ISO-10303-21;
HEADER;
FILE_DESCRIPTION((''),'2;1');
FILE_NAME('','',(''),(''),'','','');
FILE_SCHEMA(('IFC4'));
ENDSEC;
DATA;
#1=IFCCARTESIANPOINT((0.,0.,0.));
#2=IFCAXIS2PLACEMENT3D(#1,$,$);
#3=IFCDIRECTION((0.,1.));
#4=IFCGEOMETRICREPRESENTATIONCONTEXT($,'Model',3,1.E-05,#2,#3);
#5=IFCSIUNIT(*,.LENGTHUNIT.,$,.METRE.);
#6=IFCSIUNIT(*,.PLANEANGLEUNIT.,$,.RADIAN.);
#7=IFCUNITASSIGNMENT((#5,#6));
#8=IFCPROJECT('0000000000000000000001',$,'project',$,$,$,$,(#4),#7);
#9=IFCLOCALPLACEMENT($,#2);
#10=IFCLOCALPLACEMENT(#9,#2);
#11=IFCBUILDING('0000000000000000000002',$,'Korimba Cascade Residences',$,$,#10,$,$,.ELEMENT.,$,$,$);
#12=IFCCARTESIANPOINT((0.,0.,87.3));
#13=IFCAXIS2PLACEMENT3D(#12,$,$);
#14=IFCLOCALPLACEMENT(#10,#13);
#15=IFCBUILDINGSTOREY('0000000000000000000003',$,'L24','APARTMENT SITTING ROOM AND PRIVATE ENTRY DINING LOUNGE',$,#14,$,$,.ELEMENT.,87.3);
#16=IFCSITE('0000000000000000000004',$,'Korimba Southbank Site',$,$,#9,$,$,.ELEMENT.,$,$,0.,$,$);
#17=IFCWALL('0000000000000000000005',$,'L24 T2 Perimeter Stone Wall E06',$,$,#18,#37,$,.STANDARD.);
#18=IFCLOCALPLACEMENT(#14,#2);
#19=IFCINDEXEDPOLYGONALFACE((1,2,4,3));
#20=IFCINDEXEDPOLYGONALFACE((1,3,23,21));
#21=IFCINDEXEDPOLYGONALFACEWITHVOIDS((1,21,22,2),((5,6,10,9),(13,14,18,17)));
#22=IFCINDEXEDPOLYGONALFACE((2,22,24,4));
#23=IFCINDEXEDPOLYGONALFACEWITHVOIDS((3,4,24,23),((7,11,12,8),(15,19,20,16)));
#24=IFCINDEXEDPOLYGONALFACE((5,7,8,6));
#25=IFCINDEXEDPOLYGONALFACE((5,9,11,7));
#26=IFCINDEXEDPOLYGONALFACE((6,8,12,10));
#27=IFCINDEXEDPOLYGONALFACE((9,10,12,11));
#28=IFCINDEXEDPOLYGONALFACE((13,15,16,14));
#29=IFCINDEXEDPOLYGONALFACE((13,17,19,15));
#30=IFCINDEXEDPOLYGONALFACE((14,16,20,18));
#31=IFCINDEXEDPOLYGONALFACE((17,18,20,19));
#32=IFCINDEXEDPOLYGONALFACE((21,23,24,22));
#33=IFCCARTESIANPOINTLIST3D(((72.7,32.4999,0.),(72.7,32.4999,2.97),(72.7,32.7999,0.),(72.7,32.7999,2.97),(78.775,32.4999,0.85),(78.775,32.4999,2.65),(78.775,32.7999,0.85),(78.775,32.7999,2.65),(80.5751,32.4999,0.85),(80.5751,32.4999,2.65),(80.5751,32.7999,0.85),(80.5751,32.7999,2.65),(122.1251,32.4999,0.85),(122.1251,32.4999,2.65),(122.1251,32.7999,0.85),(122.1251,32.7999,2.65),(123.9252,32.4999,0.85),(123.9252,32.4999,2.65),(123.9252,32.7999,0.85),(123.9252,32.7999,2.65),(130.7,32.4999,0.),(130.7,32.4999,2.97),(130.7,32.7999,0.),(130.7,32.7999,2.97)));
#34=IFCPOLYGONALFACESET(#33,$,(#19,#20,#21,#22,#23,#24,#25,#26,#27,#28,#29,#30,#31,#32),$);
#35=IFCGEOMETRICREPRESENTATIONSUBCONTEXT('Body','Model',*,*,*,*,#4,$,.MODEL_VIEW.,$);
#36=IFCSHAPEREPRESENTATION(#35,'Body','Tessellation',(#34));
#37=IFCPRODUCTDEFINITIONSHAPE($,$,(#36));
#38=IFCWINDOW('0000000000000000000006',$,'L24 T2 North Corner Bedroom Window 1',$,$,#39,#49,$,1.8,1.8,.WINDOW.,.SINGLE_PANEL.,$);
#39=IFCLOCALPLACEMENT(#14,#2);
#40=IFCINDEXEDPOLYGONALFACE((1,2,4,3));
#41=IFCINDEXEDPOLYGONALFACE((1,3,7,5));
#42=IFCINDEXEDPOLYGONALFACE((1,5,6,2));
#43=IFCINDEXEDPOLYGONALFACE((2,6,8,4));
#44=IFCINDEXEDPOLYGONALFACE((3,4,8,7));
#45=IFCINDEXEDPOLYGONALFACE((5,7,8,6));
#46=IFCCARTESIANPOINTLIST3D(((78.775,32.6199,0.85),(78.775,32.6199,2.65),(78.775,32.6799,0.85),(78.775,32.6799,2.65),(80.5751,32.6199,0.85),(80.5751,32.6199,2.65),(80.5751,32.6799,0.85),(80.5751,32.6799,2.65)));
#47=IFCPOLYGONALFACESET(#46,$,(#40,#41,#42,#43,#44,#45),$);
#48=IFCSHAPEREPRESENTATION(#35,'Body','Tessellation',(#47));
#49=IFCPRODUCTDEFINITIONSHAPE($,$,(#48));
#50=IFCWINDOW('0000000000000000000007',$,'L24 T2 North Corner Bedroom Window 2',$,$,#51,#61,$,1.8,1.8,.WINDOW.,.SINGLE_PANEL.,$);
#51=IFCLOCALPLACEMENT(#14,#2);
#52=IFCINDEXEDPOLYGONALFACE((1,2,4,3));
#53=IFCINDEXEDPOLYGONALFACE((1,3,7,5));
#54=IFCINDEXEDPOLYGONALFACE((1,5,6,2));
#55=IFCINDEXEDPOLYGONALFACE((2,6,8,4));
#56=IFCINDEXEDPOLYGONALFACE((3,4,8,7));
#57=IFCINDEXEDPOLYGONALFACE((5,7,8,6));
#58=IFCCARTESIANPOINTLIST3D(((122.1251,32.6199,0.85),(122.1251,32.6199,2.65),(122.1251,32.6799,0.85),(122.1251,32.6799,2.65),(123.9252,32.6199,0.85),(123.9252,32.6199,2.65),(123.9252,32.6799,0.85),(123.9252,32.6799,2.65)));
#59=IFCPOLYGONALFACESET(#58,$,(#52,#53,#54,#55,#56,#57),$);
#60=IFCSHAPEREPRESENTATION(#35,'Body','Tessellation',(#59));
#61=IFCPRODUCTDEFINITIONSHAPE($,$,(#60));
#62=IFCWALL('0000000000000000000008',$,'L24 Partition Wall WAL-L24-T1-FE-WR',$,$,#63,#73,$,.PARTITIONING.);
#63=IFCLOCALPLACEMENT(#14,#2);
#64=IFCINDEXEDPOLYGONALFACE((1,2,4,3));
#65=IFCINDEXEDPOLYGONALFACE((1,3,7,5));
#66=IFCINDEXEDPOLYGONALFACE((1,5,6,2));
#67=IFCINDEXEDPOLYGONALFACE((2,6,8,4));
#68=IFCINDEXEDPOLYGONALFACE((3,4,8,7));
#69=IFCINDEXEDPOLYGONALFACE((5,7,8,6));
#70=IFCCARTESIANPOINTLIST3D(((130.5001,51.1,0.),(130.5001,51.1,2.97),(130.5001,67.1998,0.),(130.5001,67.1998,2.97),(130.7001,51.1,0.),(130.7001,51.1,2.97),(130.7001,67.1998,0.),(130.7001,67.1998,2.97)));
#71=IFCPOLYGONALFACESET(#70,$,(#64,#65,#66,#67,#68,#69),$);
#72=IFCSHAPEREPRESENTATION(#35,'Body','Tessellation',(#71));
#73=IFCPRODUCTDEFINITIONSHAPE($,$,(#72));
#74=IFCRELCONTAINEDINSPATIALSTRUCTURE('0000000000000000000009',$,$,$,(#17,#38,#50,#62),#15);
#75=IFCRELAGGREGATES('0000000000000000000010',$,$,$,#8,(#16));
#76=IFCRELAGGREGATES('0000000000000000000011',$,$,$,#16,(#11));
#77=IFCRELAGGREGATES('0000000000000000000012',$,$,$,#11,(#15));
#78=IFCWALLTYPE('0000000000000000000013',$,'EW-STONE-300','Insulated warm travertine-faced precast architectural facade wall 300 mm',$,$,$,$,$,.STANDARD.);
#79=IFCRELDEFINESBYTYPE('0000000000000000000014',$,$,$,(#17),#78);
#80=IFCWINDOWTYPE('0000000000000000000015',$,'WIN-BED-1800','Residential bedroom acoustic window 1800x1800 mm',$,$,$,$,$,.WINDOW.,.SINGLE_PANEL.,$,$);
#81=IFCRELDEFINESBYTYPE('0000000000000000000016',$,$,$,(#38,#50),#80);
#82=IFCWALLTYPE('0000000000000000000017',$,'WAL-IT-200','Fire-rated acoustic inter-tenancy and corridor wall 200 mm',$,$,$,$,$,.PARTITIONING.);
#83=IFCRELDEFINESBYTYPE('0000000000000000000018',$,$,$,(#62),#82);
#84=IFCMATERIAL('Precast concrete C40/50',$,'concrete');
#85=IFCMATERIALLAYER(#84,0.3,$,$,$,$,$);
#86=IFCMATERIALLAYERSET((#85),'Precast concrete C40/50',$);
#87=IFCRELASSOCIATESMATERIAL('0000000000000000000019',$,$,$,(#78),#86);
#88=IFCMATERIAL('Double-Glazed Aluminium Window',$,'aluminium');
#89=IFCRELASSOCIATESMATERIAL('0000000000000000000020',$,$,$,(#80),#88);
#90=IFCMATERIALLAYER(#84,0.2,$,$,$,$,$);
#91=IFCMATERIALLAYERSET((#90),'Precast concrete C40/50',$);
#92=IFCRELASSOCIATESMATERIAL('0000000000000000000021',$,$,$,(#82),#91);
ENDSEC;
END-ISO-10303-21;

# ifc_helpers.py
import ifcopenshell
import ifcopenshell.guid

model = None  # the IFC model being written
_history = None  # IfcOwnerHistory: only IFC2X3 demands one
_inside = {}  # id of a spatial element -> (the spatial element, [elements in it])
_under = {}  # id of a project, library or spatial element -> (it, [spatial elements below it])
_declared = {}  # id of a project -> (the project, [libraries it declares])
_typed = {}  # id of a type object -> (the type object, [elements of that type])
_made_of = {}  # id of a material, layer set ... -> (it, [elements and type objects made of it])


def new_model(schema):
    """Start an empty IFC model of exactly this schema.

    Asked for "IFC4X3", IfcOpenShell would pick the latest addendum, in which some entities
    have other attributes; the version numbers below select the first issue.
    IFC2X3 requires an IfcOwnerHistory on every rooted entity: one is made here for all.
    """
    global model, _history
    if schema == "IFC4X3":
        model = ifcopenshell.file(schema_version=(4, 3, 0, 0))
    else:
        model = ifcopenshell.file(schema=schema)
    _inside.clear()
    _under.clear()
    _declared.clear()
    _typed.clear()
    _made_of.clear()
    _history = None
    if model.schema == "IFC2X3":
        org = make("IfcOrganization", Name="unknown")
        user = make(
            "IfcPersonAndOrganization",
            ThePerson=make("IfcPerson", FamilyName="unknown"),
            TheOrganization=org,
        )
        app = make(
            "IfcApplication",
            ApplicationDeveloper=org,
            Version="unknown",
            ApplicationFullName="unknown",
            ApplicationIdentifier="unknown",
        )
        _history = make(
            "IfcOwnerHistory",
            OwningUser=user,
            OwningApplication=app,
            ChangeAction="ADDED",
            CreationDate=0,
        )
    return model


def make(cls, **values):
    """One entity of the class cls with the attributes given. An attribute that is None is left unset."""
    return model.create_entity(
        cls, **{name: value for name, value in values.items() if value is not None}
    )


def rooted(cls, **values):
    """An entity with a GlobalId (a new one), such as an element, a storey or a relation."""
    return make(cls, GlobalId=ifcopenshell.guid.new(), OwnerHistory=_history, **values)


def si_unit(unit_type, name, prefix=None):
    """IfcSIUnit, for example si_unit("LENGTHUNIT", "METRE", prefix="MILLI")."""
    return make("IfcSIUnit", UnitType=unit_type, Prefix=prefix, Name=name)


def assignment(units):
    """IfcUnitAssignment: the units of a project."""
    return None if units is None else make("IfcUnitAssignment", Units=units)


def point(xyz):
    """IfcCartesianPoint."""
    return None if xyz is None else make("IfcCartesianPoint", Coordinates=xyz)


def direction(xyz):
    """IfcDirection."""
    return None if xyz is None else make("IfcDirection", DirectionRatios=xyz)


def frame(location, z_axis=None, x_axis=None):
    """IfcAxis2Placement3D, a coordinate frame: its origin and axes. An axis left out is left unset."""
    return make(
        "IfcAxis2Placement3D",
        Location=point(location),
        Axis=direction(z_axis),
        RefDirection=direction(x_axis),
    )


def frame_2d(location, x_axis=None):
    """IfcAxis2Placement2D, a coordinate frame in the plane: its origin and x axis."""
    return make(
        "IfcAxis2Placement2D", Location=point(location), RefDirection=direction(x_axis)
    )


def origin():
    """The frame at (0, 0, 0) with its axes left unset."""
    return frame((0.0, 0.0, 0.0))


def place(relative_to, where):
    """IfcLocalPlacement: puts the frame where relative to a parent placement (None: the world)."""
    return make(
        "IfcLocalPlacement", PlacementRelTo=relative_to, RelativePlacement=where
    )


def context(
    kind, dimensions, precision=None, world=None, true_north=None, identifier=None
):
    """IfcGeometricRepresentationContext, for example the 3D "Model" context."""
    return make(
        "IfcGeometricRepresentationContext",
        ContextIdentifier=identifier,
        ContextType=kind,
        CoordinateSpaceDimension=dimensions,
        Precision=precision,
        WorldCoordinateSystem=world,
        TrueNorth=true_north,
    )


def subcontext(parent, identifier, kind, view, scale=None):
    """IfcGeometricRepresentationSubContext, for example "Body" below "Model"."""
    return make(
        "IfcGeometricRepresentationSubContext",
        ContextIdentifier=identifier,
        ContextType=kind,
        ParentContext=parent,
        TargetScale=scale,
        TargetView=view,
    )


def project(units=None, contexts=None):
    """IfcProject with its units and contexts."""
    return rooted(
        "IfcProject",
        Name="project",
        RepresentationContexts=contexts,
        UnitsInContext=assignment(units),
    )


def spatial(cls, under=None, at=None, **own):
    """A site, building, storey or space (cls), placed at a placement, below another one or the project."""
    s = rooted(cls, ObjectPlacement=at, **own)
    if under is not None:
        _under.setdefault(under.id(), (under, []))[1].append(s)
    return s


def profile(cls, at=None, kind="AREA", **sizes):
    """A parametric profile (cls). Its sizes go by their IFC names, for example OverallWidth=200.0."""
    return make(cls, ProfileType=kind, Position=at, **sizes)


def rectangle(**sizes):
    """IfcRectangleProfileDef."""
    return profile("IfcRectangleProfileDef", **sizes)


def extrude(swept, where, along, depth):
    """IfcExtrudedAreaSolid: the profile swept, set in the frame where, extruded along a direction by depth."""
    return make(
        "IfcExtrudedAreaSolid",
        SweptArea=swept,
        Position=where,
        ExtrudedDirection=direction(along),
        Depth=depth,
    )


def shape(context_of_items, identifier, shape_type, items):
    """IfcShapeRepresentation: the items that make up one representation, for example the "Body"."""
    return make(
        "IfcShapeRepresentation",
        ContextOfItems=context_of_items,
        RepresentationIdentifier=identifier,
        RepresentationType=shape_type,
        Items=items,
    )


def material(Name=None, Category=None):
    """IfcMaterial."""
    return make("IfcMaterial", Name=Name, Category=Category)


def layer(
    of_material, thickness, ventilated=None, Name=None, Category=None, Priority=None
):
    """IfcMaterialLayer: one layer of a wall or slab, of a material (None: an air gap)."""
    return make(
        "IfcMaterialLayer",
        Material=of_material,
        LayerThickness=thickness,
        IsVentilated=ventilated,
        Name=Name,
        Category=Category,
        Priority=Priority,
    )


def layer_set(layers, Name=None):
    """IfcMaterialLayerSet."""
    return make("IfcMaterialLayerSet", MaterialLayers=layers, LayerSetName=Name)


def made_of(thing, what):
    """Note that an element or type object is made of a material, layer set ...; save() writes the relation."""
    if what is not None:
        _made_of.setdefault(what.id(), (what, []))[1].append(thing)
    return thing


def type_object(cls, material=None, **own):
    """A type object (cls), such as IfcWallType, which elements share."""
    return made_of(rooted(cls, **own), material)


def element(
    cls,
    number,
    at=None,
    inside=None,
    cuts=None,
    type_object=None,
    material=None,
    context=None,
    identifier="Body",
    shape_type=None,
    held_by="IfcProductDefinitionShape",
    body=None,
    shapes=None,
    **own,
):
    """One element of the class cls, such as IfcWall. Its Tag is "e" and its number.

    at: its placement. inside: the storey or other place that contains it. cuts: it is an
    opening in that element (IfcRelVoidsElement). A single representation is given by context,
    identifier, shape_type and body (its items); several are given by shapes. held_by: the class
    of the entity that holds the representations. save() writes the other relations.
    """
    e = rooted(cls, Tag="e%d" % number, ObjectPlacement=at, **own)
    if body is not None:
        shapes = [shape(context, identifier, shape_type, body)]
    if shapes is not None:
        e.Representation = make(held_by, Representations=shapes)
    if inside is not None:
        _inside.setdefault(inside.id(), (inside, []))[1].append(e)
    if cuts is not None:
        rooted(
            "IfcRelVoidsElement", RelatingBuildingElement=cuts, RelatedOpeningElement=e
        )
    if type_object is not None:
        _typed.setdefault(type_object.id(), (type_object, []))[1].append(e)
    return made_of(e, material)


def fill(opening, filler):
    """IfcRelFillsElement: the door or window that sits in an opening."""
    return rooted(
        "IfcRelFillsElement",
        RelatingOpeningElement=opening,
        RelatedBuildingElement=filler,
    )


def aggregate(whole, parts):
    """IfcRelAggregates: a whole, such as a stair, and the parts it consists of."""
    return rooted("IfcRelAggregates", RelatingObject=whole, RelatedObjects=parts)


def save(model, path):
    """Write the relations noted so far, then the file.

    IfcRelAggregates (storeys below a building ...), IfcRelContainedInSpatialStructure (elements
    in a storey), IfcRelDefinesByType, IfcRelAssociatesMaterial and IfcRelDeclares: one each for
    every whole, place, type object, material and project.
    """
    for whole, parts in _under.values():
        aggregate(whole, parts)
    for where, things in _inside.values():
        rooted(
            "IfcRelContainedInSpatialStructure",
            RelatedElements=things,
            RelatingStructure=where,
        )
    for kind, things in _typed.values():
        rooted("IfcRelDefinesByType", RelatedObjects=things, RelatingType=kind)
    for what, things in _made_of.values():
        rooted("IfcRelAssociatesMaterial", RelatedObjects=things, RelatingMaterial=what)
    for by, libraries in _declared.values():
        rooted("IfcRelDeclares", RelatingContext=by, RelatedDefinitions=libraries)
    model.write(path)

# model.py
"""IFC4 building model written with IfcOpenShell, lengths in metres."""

from ifc_helpers import new_model, si_unit, direction, frame, frame_2d, origin, place, context, subcontext, project, spatial, rectangle, extrude, material, layer, layer_set, type_object, element, fill, save


model = new_model("IFC4")

# Units and contexts
model_context = context("Model", 3, precision=1e-05, world=origin(), true_north=direction((0.0, 1.0)))
body_context = subcontext(model_context, "Body", "Model", "MODEL_VIEW")
ifc_project = project(units=[si_unit("LENGTHUNIT", "METRE"), si_unit("PLANEANGLEUNIT", "RADIAN")], contexts=[model_context])

# Site, building, storey
site_placement = place(None, origin())
site = spatial("IfcSite", under=ifc_project, at=site_placement, Name="Korimba Southbank Site", CompositionType="ELEMENT", RefElevation=0.0)
building_placement = place(site_placement, origin())
building = spatial("IfcBuilding", under=site, at=building_placement, Name="Korimba Cascade Residences", CompositionType="ELEMENT")
storey_placement = place(building_placement, frame((0.0, 0.0, 87.3)))
storey = spatial("IfcBuildingStorey", under=building, at=storey_placement, Name="L24", Description="APARTMENT SITTING ROOM AND PRIVATE ENTRY DINING LOUNGE", CompositionType="ELEMENT", Elevation=87.3)

# Shared definitions
ifc_material_1 = material(Name="Precast concrete C40/50", Category="concrete")
ifc_layer_1 = layer(ifc_material_1, 0.3)
ifc_layer_set_1 = layer_set([ifc_layer_1], Name="Precast concrete C40/50")
wall_type_1 = type_object("IfcWallType", Name="EW-STONE-300", Description="Insulated warm travertine-faced precast architectural facade wall 300 mm", PredefinedType="STANDARD", material=ifc_layer_set_1)

# Wall, openings, windows
ifc_material_2 = material(Name="Double-Glazed Aluminium Window", Category="aluminium")
wall_1_placement = place(storey_placement, frame((130.7, 32.6499, 0.0), z_axis=(0.0, 0.0, 1.0), x_axis=(-1.0, 0.0, 0.0)))
wall_1 = element("IfcWall", 1, at=wall_1_placement, inside=storey, type_object=wall_type_1, Name="L24 T2 Perimeter Stone Wall E06", PredefinedType="STANDARD", context=body_context, shape_type="SweptSolid", body=[
    extrude(rectangle(XDim=58.0, YDim=0.3, at=frame_2d((29.0, 0.0))), origin(), (0.0, 0.0, 1.0), 2.97),
])
opening_1_placement = place(wall_1_placement, frame((50.125, 0.0, 0.8501)))
opening_1 = element("IfcOpeningElement", 2, at=opening_1_placement, cuts=wall_1, PredefinedType="OPENING", context=body_context, shape_type="SweptSolid", body=[
    extrude(rectangle(XDim=1.8, YDim=1.8, at=frame_2d((0.8999, 0.8999))), frame((0.0, 0.1602, 0.0), z_axis=(0.0, -1.0, 0.0), x_axis=(1.0, 0.0, 0.0)), (0.0, 0.0, 1.0), 0.3201),
])
opening_2_placement = place(wall_1_placement, frame((6.7749, 0.0, 0.8501)))
opening_2 = element("IfcOpeningElement", 3, at=opening_2_placement, cuts=wall_1, PredefinedType="OPENING", context=body_context, shape_type="SweptSolid", body=[
    extrude(rectangle(XDim=1.8, YDim=1.8, at=frame_2d((0.8999, 0.8999))), frame((0.0, 0.1602, 0.0), z_axis=(0.0, -1.0, 0.0), x_axis=(1.0, 0.0, 0.0)), (0.0, 0.0, 1.0), 0.3201),
])
window_type_1 = type_object("IfcWindowType", Name="WIN-BED-1800", Description="Residential bedroom acoustic window 1800x1800 mm", PartitioningType="SINGLE_PANEL", PredefinedType="WINDOW", material=ifc_material_2)
window_1_placement = place(opening_1_placement, origin())
window_1 = element("IfcWindow", 4, at=window_1_placement, inside=storey, type_object=window_type_1, Name="L24 T2 North Corner Bedroom Window 1", OverallHeight=1.8, OverallWidth=1.8, PartitioningType="SINGLE_PANEL", PredefinedType="WINDOW", context=body_context, shape_type="SweptSolid", body=[
    extrude(rectangle(XDim=1.8, YDim=1.8, at=frame_2d((0.8999, 0.8999))), frame((0.0, 0.03, 0.0), z_axis=(0.0, -1.0, 0.0), x_axis=(1.0, 0.0, 0.0)), (0.0, 0.0, 1.0), 0.0601),
])
fill(opening_1, window_1)
window_2_placement = place(opening_2_placement, origin())
window_2 = element("IfcWindow", 5, at=window_2_placement, inside=storey, type_object=window_type_1, Name="L24 T2 North Corner Bedroom Window 2", OverallHeight=1.8, OverallWidth=1.8, PartitioningType="SINGLE_PANEL", PredefinedType="WINDOW", context=body_context, shape_type="SweptSolid", body=[
    extrude(rectangle(XDim=1.8, YDim=1.8, at=frame_2d((0.8999, 0.8999))), frame((0.0, 0.03, 0.0), z_axis=(0.0, -1.0, 0.0), x_axis=(1.0, 0.0, 0.0)), (0.0, 0.0, 1.0), 0.0601),
])
fill(opening_2, window_2)

# Wall
ifc_layer_2 = layer(ifc_material_1, 0.2)
ifc_layer_set_2 = layer_set([ifc_layer_2], Name="Precast concrete C40/50")
wall_type_2 = type_object("IfcWallType", Name="WAL-IT-200", Description="Fire-rated acoustic inter-tenancy and corridor wall 200 mm", PredefinedType="PARTITIONING", material=ifc_layer_set_2)
wall_2_placement = place(storey_placement, frame((130.6001, 51.1001, 0.0), z_axis=(0.0, 0.0, 1.0), x_axis=(0.0, 1.0, 0.0)))
element("IfcWall", 6, at=wall_2_placement, inside=storey, type_object=wall_type_2, Name="L24 Partition Wall WAL-L24-T1-FE-WR", PredefinedType="PARTITIONING", context=body_context, shape_type="SweptSolid", body=[
    extrude(rectangle(XDim=16.0999, YDim=0.2, at=frame_2d((8.0498, 0.0))), origin(), (0.0, 0.0, 1.0), 2.97),
])

save(model, "model.ifc")
